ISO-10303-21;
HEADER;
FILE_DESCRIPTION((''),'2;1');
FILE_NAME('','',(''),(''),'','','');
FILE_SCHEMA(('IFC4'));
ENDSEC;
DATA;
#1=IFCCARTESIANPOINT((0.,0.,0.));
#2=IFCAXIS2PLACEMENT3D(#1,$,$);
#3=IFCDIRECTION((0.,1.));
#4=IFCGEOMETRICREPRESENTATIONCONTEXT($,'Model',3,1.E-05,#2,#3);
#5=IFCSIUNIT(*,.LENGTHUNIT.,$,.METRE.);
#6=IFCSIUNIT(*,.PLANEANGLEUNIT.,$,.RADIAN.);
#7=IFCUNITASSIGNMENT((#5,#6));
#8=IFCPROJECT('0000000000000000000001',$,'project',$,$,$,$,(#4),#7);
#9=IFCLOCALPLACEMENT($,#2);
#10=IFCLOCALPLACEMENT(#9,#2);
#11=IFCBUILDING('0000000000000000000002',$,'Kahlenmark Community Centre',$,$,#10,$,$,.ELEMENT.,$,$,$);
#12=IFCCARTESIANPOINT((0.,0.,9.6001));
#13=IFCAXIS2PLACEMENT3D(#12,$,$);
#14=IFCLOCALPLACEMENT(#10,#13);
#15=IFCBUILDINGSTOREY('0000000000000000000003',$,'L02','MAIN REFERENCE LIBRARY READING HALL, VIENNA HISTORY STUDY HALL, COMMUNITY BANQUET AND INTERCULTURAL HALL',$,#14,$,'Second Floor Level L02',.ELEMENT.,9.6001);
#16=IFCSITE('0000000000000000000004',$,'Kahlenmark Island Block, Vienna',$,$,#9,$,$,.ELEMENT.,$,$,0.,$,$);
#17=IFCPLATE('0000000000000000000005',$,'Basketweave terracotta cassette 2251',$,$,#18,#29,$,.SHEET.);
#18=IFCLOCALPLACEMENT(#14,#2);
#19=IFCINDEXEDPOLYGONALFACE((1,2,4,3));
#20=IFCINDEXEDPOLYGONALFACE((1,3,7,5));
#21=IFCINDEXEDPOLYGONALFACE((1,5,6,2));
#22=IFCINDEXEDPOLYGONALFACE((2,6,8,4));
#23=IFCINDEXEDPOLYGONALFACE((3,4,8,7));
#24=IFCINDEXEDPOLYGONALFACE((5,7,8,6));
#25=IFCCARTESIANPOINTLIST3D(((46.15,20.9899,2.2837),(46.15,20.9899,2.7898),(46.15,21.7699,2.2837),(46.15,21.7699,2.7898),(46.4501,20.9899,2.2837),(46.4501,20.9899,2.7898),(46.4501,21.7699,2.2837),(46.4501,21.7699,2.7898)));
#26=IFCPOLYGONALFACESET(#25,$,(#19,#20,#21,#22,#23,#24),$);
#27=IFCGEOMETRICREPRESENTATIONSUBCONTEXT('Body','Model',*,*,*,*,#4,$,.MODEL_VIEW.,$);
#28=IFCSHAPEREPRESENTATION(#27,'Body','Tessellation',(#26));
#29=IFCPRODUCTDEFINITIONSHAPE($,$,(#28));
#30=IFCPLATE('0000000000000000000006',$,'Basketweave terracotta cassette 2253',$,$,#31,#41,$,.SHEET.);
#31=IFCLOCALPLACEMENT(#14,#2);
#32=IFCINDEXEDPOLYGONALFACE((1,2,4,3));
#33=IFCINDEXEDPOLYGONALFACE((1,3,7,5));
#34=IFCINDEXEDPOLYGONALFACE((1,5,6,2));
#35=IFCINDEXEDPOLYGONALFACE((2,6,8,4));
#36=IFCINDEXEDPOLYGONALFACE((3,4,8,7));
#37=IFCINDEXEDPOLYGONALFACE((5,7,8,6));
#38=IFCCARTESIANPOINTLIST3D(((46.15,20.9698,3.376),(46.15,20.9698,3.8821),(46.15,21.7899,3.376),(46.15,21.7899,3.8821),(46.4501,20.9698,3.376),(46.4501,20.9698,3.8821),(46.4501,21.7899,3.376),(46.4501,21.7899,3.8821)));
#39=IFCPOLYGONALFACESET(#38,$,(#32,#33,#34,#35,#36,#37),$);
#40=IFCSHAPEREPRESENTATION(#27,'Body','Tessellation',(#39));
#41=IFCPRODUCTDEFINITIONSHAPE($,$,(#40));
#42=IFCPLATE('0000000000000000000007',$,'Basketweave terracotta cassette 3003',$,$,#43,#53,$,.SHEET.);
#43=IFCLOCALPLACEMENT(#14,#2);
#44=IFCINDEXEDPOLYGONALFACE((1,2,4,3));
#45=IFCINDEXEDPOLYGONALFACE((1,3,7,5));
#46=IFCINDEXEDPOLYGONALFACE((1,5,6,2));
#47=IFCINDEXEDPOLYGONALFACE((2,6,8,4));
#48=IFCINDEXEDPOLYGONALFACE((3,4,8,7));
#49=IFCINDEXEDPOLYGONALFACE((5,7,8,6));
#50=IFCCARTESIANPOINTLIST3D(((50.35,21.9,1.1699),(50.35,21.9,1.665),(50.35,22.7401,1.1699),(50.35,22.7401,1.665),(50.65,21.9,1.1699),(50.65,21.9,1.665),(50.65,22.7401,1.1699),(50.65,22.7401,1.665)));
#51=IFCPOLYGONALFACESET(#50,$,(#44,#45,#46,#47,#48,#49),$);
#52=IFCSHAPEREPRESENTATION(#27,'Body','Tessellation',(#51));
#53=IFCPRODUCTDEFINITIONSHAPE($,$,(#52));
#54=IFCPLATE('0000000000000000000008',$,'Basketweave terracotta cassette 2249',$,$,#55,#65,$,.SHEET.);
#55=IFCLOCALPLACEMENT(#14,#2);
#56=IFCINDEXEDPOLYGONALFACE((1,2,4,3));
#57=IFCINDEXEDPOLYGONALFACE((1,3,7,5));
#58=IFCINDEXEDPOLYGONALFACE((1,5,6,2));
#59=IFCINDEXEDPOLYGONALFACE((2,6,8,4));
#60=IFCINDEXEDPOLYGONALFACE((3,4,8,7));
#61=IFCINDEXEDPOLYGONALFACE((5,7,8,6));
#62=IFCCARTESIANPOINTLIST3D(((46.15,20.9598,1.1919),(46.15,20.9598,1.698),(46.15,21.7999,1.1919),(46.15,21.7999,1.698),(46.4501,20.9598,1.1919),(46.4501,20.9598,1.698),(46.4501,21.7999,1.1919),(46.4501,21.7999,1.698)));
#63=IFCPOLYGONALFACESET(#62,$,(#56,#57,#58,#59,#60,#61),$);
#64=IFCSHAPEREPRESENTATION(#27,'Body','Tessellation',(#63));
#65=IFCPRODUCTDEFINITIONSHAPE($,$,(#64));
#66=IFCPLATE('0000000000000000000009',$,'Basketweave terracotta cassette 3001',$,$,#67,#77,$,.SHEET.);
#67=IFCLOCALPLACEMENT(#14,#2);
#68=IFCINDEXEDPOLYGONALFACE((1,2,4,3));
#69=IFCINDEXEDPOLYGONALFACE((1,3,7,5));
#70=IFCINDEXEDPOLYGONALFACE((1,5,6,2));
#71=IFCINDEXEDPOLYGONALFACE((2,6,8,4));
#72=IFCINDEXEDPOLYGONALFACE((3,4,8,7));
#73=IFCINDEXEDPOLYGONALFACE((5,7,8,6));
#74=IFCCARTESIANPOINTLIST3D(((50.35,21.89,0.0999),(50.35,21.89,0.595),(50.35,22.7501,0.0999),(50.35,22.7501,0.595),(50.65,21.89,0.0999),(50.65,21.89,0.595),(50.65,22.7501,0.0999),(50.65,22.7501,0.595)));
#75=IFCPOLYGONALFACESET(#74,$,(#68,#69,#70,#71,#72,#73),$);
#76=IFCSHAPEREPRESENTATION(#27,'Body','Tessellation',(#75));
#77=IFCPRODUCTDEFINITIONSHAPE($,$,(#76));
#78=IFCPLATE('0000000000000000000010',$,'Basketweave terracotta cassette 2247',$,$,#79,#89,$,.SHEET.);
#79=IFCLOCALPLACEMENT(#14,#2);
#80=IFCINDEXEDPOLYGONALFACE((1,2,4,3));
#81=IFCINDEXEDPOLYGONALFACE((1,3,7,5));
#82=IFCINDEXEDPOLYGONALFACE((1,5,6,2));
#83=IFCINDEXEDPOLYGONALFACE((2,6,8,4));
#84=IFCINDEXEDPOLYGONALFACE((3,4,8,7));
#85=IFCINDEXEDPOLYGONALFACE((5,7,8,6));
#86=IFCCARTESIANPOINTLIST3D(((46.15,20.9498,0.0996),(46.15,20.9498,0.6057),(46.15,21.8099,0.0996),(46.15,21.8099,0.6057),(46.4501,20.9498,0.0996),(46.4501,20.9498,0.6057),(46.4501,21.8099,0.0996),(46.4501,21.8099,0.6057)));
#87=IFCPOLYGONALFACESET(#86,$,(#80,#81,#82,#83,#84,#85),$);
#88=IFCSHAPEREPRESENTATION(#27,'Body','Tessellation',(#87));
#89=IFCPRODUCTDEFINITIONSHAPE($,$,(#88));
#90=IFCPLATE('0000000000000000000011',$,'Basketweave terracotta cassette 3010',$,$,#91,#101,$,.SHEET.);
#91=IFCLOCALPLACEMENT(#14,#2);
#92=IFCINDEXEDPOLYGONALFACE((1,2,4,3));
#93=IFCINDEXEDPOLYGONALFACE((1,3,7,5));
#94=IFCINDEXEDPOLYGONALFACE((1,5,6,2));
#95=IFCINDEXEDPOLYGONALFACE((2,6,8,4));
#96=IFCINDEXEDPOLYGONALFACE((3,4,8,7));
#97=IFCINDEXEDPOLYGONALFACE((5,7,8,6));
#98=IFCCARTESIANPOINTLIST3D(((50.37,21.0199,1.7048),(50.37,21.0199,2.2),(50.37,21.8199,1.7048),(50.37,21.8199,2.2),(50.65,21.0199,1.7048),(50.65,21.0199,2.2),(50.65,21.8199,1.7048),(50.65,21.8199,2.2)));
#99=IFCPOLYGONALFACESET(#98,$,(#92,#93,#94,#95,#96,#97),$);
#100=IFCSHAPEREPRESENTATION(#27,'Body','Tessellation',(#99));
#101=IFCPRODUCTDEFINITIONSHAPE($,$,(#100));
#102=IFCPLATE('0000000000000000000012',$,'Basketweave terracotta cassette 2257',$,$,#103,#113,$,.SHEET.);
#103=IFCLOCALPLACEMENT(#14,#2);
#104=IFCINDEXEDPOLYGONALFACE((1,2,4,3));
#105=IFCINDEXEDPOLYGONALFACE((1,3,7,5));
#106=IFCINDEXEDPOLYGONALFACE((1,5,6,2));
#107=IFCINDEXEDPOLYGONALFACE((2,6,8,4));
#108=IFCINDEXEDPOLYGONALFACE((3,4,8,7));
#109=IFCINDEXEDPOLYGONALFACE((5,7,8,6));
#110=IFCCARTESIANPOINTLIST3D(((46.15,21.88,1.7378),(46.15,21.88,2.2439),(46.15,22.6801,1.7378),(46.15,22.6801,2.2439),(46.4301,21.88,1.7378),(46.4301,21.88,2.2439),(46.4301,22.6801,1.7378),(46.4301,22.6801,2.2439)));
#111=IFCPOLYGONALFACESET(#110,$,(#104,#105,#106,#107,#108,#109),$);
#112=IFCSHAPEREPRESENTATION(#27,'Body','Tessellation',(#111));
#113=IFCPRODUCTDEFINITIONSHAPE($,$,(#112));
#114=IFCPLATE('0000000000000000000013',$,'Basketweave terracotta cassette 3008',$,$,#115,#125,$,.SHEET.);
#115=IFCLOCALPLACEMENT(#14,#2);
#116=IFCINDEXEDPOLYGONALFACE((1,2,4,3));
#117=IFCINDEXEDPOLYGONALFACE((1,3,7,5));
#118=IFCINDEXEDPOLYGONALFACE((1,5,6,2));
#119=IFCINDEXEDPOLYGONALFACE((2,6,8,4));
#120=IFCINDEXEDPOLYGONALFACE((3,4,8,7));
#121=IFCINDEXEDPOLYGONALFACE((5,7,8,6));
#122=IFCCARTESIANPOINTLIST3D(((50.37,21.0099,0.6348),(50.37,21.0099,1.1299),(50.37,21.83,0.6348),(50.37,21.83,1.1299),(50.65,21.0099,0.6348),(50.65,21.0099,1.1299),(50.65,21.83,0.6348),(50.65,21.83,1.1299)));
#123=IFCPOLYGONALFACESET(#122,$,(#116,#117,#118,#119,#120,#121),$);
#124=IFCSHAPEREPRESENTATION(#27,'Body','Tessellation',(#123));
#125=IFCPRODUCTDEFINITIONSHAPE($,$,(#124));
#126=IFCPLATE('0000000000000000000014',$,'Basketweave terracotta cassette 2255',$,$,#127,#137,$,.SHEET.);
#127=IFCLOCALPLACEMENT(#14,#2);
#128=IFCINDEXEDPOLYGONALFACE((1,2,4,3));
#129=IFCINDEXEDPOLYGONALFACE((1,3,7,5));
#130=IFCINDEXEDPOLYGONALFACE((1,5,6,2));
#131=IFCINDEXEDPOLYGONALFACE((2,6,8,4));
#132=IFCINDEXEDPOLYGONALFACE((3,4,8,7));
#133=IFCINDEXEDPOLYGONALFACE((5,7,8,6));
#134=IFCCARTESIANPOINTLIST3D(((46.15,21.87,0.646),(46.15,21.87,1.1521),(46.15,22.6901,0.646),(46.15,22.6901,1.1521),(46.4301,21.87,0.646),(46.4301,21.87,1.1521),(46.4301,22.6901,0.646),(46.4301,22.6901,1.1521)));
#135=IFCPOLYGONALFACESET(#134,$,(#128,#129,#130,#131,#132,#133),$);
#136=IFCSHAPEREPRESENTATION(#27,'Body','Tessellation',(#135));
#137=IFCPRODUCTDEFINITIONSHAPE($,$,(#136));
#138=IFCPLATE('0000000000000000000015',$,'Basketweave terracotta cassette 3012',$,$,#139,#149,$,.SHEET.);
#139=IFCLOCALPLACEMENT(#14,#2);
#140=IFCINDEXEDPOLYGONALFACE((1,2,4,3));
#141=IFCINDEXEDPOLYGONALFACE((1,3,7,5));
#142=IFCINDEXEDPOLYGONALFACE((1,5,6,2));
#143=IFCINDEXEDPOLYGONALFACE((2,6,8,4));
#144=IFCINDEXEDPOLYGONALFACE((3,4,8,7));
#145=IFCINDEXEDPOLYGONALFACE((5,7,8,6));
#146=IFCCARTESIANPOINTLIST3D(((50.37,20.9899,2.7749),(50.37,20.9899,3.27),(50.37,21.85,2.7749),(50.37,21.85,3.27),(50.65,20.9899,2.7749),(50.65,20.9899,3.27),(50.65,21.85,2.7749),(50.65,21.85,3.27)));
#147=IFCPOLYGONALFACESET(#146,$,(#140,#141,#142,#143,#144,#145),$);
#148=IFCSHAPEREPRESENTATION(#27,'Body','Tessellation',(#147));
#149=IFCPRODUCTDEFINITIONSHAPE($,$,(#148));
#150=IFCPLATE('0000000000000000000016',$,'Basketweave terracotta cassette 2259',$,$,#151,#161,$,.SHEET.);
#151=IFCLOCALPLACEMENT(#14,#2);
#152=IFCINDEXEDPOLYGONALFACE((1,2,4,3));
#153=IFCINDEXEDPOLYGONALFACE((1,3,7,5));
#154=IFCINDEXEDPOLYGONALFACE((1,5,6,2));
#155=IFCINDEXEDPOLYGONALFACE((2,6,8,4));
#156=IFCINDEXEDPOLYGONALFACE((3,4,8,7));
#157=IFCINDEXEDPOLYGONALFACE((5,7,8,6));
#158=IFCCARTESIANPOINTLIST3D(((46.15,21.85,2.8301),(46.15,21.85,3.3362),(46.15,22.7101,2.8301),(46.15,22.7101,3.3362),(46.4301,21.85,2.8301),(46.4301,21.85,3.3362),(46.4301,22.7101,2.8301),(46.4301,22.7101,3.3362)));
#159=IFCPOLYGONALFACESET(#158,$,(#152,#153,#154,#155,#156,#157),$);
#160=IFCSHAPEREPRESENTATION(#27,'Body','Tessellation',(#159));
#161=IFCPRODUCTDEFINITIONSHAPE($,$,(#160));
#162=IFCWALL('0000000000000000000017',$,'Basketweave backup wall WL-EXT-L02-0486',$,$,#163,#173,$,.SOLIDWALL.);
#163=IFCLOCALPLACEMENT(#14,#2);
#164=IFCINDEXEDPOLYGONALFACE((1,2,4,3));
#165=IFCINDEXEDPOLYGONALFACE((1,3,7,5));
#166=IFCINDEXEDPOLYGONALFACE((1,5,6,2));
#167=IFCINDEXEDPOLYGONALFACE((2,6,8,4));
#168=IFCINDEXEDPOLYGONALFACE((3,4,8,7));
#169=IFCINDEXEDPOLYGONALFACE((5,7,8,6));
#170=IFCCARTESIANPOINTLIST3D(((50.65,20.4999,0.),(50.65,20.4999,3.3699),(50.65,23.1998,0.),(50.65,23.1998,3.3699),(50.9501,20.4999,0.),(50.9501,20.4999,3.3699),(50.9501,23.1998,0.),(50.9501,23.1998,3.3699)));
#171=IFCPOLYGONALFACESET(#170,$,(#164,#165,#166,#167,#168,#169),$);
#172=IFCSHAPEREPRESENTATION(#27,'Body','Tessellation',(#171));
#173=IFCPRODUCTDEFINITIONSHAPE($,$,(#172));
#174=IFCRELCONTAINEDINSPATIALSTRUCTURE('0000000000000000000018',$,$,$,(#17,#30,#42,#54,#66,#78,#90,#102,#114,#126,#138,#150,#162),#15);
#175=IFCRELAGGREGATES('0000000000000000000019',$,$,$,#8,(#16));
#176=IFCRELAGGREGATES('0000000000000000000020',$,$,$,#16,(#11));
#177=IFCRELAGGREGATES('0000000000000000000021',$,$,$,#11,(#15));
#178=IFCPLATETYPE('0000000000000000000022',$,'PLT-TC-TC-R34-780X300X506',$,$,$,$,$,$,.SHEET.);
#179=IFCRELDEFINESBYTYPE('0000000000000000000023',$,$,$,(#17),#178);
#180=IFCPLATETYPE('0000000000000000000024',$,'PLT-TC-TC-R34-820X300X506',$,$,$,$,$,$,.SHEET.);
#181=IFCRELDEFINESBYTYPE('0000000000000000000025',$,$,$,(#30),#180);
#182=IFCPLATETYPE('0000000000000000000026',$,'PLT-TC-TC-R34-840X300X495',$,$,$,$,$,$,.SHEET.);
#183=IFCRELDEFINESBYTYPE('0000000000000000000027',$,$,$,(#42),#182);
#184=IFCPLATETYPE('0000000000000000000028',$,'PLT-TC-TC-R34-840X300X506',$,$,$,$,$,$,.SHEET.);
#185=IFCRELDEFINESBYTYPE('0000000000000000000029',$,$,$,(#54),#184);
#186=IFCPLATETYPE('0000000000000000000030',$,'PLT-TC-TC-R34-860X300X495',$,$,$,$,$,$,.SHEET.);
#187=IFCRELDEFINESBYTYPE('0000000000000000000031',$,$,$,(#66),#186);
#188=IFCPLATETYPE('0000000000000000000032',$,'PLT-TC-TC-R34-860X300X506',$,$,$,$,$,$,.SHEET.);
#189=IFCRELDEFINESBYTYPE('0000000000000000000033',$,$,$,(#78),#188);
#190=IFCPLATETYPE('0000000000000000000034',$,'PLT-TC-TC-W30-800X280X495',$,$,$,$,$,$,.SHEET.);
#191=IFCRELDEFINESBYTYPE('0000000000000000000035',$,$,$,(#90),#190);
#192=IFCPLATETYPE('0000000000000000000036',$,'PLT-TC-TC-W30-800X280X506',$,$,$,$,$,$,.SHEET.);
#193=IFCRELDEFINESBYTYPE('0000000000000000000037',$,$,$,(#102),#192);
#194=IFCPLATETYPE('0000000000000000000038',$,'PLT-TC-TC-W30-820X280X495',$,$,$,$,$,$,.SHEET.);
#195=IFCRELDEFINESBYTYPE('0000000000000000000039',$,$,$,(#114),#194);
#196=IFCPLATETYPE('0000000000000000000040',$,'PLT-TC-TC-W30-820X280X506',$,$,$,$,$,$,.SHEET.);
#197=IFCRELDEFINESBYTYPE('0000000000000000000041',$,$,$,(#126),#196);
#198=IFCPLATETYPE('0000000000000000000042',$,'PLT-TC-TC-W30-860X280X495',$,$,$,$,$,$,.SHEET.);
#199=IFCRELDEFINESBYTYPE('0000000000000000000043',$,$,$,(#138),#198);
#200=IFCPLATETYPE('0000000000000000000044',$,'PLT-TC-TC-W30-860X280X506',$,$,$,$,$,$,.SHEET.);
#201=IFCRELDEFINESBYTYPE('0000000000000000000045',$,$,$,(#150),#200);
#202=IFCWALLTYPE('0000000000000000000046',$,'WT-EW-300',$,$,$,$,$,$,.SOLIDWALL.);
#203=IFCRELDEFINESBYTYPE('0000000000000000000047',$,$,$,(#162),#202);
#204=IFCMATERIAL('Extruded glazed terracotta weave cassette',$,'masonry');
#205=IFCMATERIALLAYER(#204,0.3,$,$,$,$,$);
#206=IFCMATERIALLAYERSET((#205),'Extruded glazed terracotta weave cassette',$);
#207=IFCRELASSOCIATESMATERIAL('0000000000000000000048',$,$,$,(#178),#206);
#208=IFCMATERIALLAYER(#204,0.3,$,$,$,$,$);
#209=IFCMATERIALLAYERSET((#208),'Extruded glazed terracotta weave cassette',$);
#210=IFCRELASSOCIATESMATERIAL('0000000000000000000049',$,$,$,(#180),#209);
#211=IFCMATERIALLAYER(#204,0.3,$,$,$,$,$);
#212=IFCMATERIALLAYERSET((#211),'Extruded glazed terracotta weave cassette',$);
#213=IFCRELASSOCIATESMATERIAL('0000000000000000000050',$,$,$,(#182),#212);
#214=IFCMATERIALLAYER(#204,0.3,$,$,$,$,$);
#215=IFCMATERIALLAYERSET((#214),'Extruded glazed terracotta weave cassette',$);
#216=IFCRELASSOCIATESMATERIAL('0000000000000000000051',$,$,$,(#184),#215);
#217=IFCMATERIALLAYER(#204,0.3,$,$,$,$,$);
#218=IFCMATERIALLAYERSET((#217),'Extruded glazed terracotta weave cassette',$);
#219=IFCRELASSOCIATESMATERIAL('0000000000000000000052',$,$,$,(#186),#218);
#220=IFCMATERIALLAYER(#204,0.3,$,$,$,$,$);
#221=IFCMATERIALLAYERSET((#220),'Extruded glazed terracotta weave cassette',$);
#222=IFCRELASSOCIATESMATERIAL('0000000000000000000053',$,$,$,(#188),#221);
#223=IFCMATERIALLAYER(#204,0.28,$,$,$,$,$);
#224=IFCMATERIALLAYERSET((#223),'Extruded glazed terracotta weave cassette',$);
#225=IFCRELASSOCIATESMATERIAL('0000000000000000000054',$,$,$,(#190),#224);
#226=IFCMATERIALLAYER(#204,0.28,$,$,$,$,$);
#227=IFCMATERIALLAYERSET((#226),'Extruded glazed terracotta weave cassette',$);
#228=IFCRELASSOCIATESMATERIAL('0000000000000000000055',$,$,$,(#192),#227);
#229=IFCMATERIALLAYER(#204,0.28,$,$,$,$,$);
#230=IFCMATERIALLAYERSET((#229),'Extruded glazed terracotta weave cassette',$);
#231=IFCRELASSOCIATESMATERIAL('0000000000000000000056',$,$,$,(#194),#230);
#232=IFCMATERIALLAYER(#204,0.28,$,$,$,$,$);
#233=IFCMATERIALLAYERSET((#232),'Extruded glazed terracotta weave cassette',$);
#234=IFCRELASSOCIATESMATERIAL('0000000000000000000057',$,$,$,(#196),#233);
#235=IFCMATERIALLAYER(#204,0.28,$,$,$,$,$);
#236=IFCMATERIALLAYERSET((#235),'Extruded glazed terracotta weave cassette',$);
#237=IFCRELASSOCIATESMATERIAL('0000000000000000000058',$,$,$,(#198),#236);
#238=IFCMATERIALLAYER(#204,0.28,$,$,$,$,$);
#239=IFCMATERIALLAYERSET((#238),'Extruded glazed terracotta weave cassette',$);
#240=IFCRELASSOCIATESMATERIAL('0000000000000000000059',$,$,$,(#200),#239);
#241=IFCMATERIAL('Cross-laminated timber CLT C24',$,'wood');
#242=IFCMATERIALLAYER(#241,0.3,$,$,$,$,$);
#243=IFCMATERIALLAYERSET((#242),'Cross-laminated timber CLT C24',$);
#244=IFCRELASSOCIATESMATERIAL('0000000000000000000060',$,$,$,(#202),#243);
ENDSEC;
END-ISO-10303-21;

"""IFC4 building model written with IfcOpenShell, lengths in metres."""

from ifc_helpers import new_model, si_unit, direction, frame, frame_2d, origin, origin_2d, place, context, subcontext, project, spatial, rectangle, extrude, material, layer, layer_set, type_object, element, save


model = new_model("IFC4")

# Units and contexts
model_context = context("Model", 3, precision=1e-05, world=origin(), true_north=direction((0.0, 1.0)))
body_context = subcontext(model_context, "Body", "Model", "MODEL_VIEW")
ifc_project = project(units=[si_unit("LENGTHUNIT", "METRE"), si_unit("PLANEANGLEUNIT", "RADIAN")], contexts=[model_context])

# Site, building, storey
site_placement = place(None, origin())
site = spatial("IfcSite", under=ifc_project, at=site_placement, Name="Kahlenmark Island Block, Vienna", CompositionType="ELEMENT", RefElevation=0.0)
building_placement = place(site_placement, origin())
building = spatial("IfcBuilding", under=site, at=building_placement, Name="Kahlenmark Community Centre", CompositionType="ELEMENT")
storey_placement = place(building_placement, frame((0.0, 0.0, 9.6001)))
storey = spatial("IfcBuildingStorey", under=building, at=storey_placement, Name="L02", Description="MAIN REFERENCE LIBRARY READING HALL, VIENNA HISTORY STUDY HALL, COMMUNITY BANQUET AND INTERCULTURAL HALL", LongName="Second Floor Level L02", CompositionType="ELEMENT", Elevation=9.6001)

# Plates
ifc_material_1 = material(Name="Extruded glazed terracotta weave cassette", Category="masonry")
ifc_layer_1 = layer(ifc_material_1, 0.3)
ifc_layer_set_1 = layer_set([ifc_layer_1], Name="Extruded glazed terracotta weave cassette")
plate_type_1 = type_object("IfcPlateType", Name="PLT-TC-TC-R34-780X300X506", PredefinedType="SHEET", material=ifc_layer_set_1)
plate_1_placement = place(storey_placement, frame((46.3, 21.3799, 2.2837), z_axis=(0.0, 0.0, 1.0), x_axis=(0.0, 1.0, 0.0)))
element("IfcPlate", 1, at=plate_1_placement, inside=storey, type_object=plate_type_1, Name="Basketweave terracotta cassette 2251", PredefinedType="SHEET", context=body_context, shape_type="SweptSolid", body=[
    extrude(rectangle(XDim=0.78, YDim=0.3, at=origin_2d()), origin(), (0.0, 0.0, 1.0), 0.5061),
])
ifc_layer_2 = layer(ifc_material_1, 0.3)
ifc_layer_set_2 = layer_set([ifc_layer_2], Name="Extruded glazed terracotta weave cassette")
plate_type_2 = type_object("IfcPlateType", Name="PLT-TC-TC-R34-820X300X506", PredefinedType="SHEET", material=ifc_layer_set_2)
plate_2_placement = place(storey_placement, frame((46.3, 21.3799, 3.376), z_axis=(0.0, 0.0, 1.0), x_axis=(0.0, 1.0, 0.0)))
element("IfcPlate", 2, at=plate_2_placement, inside=storey, type_object=plate_type_2, Name="Basketweave terracotta cassette 2253", PredefinedType="SHEET", context=body_context, shape_type="SweptSolid", body=[
    extrude(rectangle(XDim=0.8201, YDim=0.3, at=origin_2d()), origin(), (0.0, 0.0, 1.0), 0.5061),
])
ifc_layer_3 = layer(ifc_material_1, 0.3)
ifc_layer_set_3 = layer_set([ifc_layer_3], Name="Extruded glazed terracotta weave cassette")
plate_type_3 = type_object("IfcPlateType", Name="PLT-TC-TC-R34-840X300X495", PredefinedType="SHEET", material=ifc_layer_set_3)
plate_3_placement = place(storey_placement, frame((50.5, 22.3201, 1.1699), z_axis=(0.0, 0.0, 1.0), x_axis=(0.0, -1.0, 0.0)))
element("IfcPlate", 3, at=plate_3_placement, inside=storey, type_object=plate_type_3, Name="Basketweave terracotta cassette 3003", PredefinedType="SHEET", context=body_context, shape_type="SweptSolid", body=[
    extrude(rectangle(XDim=0.8401, YDim=0.3, at=origin_2d()), origin(), (0.0, 0.0, 1.0), 0.4951),
])
ifc_layer_4 = layer(ifc_material_1, 0.3)
ifc_layer_set_4 = layer_set([ifc_layer_4], Name="Extruded glazed terracotta weave cassette")
plate_type_4 = type_object("IfcPlateType", Name="PLT-TC-TC-R34-840X300X506", PredefinedType="SHEET", material=ifc_layer_set_4)
plate_4_placement = place(storey_placement, frame((46.3, 21.3799, 1.1919), z_axis=(0.0, 0.0, 1.0), x_axis=(0.0, 1.0, 0.0)))
element("IfcPlate", 4, at=plate_4_placement, inside=storey, type_object=plate_type_4, Name="Basketweave terracotta cassette 2249", PredefinedType="SHEET", context=body_context, shape_type="SweptSolid", body=[
    extrude(rectangle(XDim=0.8401, YDim=0.3, at=origin_2d()), origin(), (0.0, 0.0, 1.0), 0.5061),
])
ifc_layer_5 = layer(ifc_material_1, 0.3)
ifc_layer_set_5 = layer_set([ifc_layer_5], Name="Extruded glazed terracotta weave cassette")
plate_type_5 = type_object("IfcPlateType", Name="PLT-TC-TC-R34-860X300X495", PredefinedType="SHEET", material=ifc_layer_set_5)
plate_5_placement = place(storey_placement, frame((50.5, 22.3201, 0.0999), z_axis=(0.0, 0.0, 1.0), x_axis=(0.0, -1.0, 0.0)))
element("IfcPlate", 5, at=plate_5_placement, inside=storey, type_object=plate_type_5, Name="Basketweave terracotta cassette 3001", PredefinedType="SHEET", context=body_context, shape_type="SweptSolid", body=[
    extrude(rectangle(XDim=0.8601, YDim=0.3, at=origin_2d()), origin(), (0.0, 0.0, 1.0), 0.4951),
])
ifc_layer_6 = layer(ifc_material_1, 0.3)
ifc_layer_set_6 = layer_set([ifc_layer_6], Name="Extruded glazed terracotta weave cassette")
plate_type_6 = type_object("IfcPlateType", Name="PLT-TC-TC-R34-860X300X506", PredefinedType="SHEET", material=ifc_layer_set_6)
plate_6_placement = place(storey_placement, frame((46.3, 21.3799, 0.0996), z_axis=(0.0, 0.0, 1.0), x_axis=(0.0, 1.0, 0.0)))
element("IfcPlate", 6, at=plate_6_placement, inside=storey, type_object=plate_type_6, Name="Basketweave terracotta cassette 2247", PredefinedType="SHEET", context=body_context, shape_type="SweptSolid", body=[
    extrude(rectangle(XDim=0.8601, YDim=0.3, at=origin_2d()), origin(), (0.0, 0.0, 1.0), 0.5061),
])
ifc_layer_7 = layer(ifc_material_1, 0.28)
ifc_layer_set_7 = layer_set([ifc_layer_7], Name="Extruded glazed terracotta weave cassette")
plate_type_7 = type_object("IfcPlateType", Name="PLT-TC-TC-W30-800X280X495", PredefinedType="SHEET", material=ifc_layer_set_7)
plate_7_placement = place(storey_placement, frame((50.51, 21.4199, 1.7048), z_axis=(0.0, 0.0, 1.0), x_axis=(0.0, -1.0, 0.0)))
element("IfcPlate", 7, at=plate_7_placement, inside=storey, type_object=plate_type_7, Name="Basketweave terracotta cassette 3010", PredefinedType="SHEET", context=body_context, shape_type="SweptSolid", body=[
    extrude(rectangle(XDim=0.8, YDim=0.28, at=origin_2d()), origin(), (0.0, 0.0, 1.0), 0.4951),
])
ifc_layer_8 = layer(ifc_material_1, 0.28)
ifc_layer_set_8 = layer_set([ifc_layer_8], Name="Extruded glazed terracotta weave cassette")
plate_type_8 = type_object("IfcPlateType", Name="PLT-TC-TC-W30-800X280X506", PredefinedType="SHEET", material=ifc_layer_set_8)
plate_8_placement = place(storey_placement, frame((46.29, 22.28, 1.7378), z_axis=(0.0, 0.0, 1.0), x_axis=(0.0, 1.0, 0.0)))
element("IfcPlate", 8, at=plate_8_placement, inside=storey, type_object=plate_type_8, Name="Basketweave terracotta cassette 2257", PredefinedType="SHEET", context=body_context, shape_type="SweptSolid", body=[
    extrude(rectangle(XDim=0.8, YDim=0.28, at=origin_2d()), origin(), (0.0, 0.0, 1.0), 0.5061),
])
ifc_layer_9 = layer(ifc_material_1, 0.28)
ifc_layer_set_9 = layer_set([ifc_layer_9], Name="Extruded glazed terracotta weave cassette")
plate_type_9 = type_object("IfcPlateType", Name="PLT-TC-TC-W30-820X280X495", PredefinedType="SHEET", material=ifc_layer_set_9)
plate_9_placement = place(storey_placement, frame((50.51, 21.4199, 0.6348), z_axis=(0.0, 0.0, 1.0), x_axis=(0.0, -1.0, 0.0)))
element("IfcPlate", 9, at=plate_9_placement, inside=storey, type_object=plate_type_9, Name="Basketweave terracotta cassette 3008", PredefinedType="SHEET", context=body_context, shape_type="SweptSolid", body=[
    extrude(rectangle(XDim=0.8201, YDim=0.28, at=origin_2d()), origin(), (0.0, 0.0, 1.0), 0.4951),
])
ifc_layer_10 = layer(ifc_material_1, 0.28)
ifc_layer_set_10 = layer_set([ifc_layer_10], Name="Extruded glazed terracotta weave cassette")
plate_type_10 = type_object("IfcPlateType", Name="PLT-TC-TC-W30-820X280X506", PredefinedType="SHEET", material=ifc_layer_set_10)
plate_10_placement = place(storey_placement, frame((46.29, 22.28, 0.646), z_axis=(0.0, 0.0, 1.0), x_axis=(0.0, 1.0, 0.0)))
element("IfcPlate", 10, at=plate_10_placement, inside=storey, type_object=plate_type_10, Name="Basketweave terracotta cassette 2255", PredefinedType="SHEET", context=body_context, shape_type="SweptSolid", body=[
    extrude(rectangle(XDim=0.8201, YDim=0.28, at=origin_2d()), origin(), (0.0, 0.0, 1.0), 0.5061),
])
ifc_layer_11 = layer(ifc_material_1, 0.28)
ifc_layer_set_11 = layer_set([ifc_layer_11], Name="Extruded glazed terracotta weave cassette")
plate_type_11 = type_object("IfcPlateType", Name="PLT-TC-TC-W30-860X280X495", PredefinedType="SHEET", material=ifc_layer_set_11)
plate_11_placement = place(storey_placement, frame((50.51, 21.4199, 2.7749), z_axis=(0.0, 0.0, 1.0), x_axis=(0.0, -1.0, 0.0)))
element("IfcPlate", 11, at=plate_11_placement, inside=storey, type_object=plate_type_11, Name="Basketweave terracotta cassette 3012", PredefinedType="SHEET", context=body_context, shape_type="SweptSolid", body=[
    extrude(rectangle(XDim=0.8601, YDim=0.28, at=origin_2d()), origin(), (0.0, 0.0, 1.0), 0.4951),
])
ifc_layer_12 = layer(ifc_material_1, 0.28)
ifc_layer_set_12 = layer_set([ifc_layer_12], Name="Extruded glazed terracotta weave cassette")
plate_type_12 = type_object("IfcPlateType", Name="PLT-TC-TC-W30-860X280X506", PredefinedType="SHEET", material=ifc_layer_set_12)
plate_12_placement = place(storey_placement, frame((46.29, 22.28, 2.8301), z_axis=(0.0, 0.0, 1.0), x_axis=(0.0, 1.0, 0.0)))
element("IfcPlate", 12, at=plate_12_placement, inside=storey, type_object=plate_type_12, Name="Basketweave terracotta cassette 2259", PredefinedType="SHEET", context=body_context, shape_type="SweptSolid", body=[
    extrude(rectangle(XDim=0.8601, YDim=0.28, at=origin_2d()), origin(), (0.0, 0.0, 1.0), 0.5061),
])

# Wall
ifc_material_2 = material(Name="Cross-laminated timber CLT C24", Category="wood")
ifc_layer_13 = layer(ifc_material_2, 0.3)
ifc_layer_set_13 = layer_set([ifc_layer_13], Name="Cross-laminated timber CLT C24")
wall_type = type_object("IfcWallType", Name="WT-EW-300", PredefinedType="SOLIDWALL", material=ifc_layer_set_13)
wall_placement = place(storey_placement, frame((50.8, 23.2, 0.0), z_axis=(0.0, 0.0, 1.0), x_axis=(0.0, -1.0, 0.0)))
element("IfcWall", 13, at=wall_placement, inside=storey, type_object=wall_type, Name="Basketweave backup wall WL-EXT-L02-0486", PredefinedType="SOLIDWALL", context=body_context, shape_type="SweptSolid", body=[
    extrude(rectangle(XDim=2.7, YDim=0.3, at=frame_2d((1.3501, 0.0))), origin(), (0.0, 0.0, 1.0), 3.3699),
])

save(model, "model.ifc")
